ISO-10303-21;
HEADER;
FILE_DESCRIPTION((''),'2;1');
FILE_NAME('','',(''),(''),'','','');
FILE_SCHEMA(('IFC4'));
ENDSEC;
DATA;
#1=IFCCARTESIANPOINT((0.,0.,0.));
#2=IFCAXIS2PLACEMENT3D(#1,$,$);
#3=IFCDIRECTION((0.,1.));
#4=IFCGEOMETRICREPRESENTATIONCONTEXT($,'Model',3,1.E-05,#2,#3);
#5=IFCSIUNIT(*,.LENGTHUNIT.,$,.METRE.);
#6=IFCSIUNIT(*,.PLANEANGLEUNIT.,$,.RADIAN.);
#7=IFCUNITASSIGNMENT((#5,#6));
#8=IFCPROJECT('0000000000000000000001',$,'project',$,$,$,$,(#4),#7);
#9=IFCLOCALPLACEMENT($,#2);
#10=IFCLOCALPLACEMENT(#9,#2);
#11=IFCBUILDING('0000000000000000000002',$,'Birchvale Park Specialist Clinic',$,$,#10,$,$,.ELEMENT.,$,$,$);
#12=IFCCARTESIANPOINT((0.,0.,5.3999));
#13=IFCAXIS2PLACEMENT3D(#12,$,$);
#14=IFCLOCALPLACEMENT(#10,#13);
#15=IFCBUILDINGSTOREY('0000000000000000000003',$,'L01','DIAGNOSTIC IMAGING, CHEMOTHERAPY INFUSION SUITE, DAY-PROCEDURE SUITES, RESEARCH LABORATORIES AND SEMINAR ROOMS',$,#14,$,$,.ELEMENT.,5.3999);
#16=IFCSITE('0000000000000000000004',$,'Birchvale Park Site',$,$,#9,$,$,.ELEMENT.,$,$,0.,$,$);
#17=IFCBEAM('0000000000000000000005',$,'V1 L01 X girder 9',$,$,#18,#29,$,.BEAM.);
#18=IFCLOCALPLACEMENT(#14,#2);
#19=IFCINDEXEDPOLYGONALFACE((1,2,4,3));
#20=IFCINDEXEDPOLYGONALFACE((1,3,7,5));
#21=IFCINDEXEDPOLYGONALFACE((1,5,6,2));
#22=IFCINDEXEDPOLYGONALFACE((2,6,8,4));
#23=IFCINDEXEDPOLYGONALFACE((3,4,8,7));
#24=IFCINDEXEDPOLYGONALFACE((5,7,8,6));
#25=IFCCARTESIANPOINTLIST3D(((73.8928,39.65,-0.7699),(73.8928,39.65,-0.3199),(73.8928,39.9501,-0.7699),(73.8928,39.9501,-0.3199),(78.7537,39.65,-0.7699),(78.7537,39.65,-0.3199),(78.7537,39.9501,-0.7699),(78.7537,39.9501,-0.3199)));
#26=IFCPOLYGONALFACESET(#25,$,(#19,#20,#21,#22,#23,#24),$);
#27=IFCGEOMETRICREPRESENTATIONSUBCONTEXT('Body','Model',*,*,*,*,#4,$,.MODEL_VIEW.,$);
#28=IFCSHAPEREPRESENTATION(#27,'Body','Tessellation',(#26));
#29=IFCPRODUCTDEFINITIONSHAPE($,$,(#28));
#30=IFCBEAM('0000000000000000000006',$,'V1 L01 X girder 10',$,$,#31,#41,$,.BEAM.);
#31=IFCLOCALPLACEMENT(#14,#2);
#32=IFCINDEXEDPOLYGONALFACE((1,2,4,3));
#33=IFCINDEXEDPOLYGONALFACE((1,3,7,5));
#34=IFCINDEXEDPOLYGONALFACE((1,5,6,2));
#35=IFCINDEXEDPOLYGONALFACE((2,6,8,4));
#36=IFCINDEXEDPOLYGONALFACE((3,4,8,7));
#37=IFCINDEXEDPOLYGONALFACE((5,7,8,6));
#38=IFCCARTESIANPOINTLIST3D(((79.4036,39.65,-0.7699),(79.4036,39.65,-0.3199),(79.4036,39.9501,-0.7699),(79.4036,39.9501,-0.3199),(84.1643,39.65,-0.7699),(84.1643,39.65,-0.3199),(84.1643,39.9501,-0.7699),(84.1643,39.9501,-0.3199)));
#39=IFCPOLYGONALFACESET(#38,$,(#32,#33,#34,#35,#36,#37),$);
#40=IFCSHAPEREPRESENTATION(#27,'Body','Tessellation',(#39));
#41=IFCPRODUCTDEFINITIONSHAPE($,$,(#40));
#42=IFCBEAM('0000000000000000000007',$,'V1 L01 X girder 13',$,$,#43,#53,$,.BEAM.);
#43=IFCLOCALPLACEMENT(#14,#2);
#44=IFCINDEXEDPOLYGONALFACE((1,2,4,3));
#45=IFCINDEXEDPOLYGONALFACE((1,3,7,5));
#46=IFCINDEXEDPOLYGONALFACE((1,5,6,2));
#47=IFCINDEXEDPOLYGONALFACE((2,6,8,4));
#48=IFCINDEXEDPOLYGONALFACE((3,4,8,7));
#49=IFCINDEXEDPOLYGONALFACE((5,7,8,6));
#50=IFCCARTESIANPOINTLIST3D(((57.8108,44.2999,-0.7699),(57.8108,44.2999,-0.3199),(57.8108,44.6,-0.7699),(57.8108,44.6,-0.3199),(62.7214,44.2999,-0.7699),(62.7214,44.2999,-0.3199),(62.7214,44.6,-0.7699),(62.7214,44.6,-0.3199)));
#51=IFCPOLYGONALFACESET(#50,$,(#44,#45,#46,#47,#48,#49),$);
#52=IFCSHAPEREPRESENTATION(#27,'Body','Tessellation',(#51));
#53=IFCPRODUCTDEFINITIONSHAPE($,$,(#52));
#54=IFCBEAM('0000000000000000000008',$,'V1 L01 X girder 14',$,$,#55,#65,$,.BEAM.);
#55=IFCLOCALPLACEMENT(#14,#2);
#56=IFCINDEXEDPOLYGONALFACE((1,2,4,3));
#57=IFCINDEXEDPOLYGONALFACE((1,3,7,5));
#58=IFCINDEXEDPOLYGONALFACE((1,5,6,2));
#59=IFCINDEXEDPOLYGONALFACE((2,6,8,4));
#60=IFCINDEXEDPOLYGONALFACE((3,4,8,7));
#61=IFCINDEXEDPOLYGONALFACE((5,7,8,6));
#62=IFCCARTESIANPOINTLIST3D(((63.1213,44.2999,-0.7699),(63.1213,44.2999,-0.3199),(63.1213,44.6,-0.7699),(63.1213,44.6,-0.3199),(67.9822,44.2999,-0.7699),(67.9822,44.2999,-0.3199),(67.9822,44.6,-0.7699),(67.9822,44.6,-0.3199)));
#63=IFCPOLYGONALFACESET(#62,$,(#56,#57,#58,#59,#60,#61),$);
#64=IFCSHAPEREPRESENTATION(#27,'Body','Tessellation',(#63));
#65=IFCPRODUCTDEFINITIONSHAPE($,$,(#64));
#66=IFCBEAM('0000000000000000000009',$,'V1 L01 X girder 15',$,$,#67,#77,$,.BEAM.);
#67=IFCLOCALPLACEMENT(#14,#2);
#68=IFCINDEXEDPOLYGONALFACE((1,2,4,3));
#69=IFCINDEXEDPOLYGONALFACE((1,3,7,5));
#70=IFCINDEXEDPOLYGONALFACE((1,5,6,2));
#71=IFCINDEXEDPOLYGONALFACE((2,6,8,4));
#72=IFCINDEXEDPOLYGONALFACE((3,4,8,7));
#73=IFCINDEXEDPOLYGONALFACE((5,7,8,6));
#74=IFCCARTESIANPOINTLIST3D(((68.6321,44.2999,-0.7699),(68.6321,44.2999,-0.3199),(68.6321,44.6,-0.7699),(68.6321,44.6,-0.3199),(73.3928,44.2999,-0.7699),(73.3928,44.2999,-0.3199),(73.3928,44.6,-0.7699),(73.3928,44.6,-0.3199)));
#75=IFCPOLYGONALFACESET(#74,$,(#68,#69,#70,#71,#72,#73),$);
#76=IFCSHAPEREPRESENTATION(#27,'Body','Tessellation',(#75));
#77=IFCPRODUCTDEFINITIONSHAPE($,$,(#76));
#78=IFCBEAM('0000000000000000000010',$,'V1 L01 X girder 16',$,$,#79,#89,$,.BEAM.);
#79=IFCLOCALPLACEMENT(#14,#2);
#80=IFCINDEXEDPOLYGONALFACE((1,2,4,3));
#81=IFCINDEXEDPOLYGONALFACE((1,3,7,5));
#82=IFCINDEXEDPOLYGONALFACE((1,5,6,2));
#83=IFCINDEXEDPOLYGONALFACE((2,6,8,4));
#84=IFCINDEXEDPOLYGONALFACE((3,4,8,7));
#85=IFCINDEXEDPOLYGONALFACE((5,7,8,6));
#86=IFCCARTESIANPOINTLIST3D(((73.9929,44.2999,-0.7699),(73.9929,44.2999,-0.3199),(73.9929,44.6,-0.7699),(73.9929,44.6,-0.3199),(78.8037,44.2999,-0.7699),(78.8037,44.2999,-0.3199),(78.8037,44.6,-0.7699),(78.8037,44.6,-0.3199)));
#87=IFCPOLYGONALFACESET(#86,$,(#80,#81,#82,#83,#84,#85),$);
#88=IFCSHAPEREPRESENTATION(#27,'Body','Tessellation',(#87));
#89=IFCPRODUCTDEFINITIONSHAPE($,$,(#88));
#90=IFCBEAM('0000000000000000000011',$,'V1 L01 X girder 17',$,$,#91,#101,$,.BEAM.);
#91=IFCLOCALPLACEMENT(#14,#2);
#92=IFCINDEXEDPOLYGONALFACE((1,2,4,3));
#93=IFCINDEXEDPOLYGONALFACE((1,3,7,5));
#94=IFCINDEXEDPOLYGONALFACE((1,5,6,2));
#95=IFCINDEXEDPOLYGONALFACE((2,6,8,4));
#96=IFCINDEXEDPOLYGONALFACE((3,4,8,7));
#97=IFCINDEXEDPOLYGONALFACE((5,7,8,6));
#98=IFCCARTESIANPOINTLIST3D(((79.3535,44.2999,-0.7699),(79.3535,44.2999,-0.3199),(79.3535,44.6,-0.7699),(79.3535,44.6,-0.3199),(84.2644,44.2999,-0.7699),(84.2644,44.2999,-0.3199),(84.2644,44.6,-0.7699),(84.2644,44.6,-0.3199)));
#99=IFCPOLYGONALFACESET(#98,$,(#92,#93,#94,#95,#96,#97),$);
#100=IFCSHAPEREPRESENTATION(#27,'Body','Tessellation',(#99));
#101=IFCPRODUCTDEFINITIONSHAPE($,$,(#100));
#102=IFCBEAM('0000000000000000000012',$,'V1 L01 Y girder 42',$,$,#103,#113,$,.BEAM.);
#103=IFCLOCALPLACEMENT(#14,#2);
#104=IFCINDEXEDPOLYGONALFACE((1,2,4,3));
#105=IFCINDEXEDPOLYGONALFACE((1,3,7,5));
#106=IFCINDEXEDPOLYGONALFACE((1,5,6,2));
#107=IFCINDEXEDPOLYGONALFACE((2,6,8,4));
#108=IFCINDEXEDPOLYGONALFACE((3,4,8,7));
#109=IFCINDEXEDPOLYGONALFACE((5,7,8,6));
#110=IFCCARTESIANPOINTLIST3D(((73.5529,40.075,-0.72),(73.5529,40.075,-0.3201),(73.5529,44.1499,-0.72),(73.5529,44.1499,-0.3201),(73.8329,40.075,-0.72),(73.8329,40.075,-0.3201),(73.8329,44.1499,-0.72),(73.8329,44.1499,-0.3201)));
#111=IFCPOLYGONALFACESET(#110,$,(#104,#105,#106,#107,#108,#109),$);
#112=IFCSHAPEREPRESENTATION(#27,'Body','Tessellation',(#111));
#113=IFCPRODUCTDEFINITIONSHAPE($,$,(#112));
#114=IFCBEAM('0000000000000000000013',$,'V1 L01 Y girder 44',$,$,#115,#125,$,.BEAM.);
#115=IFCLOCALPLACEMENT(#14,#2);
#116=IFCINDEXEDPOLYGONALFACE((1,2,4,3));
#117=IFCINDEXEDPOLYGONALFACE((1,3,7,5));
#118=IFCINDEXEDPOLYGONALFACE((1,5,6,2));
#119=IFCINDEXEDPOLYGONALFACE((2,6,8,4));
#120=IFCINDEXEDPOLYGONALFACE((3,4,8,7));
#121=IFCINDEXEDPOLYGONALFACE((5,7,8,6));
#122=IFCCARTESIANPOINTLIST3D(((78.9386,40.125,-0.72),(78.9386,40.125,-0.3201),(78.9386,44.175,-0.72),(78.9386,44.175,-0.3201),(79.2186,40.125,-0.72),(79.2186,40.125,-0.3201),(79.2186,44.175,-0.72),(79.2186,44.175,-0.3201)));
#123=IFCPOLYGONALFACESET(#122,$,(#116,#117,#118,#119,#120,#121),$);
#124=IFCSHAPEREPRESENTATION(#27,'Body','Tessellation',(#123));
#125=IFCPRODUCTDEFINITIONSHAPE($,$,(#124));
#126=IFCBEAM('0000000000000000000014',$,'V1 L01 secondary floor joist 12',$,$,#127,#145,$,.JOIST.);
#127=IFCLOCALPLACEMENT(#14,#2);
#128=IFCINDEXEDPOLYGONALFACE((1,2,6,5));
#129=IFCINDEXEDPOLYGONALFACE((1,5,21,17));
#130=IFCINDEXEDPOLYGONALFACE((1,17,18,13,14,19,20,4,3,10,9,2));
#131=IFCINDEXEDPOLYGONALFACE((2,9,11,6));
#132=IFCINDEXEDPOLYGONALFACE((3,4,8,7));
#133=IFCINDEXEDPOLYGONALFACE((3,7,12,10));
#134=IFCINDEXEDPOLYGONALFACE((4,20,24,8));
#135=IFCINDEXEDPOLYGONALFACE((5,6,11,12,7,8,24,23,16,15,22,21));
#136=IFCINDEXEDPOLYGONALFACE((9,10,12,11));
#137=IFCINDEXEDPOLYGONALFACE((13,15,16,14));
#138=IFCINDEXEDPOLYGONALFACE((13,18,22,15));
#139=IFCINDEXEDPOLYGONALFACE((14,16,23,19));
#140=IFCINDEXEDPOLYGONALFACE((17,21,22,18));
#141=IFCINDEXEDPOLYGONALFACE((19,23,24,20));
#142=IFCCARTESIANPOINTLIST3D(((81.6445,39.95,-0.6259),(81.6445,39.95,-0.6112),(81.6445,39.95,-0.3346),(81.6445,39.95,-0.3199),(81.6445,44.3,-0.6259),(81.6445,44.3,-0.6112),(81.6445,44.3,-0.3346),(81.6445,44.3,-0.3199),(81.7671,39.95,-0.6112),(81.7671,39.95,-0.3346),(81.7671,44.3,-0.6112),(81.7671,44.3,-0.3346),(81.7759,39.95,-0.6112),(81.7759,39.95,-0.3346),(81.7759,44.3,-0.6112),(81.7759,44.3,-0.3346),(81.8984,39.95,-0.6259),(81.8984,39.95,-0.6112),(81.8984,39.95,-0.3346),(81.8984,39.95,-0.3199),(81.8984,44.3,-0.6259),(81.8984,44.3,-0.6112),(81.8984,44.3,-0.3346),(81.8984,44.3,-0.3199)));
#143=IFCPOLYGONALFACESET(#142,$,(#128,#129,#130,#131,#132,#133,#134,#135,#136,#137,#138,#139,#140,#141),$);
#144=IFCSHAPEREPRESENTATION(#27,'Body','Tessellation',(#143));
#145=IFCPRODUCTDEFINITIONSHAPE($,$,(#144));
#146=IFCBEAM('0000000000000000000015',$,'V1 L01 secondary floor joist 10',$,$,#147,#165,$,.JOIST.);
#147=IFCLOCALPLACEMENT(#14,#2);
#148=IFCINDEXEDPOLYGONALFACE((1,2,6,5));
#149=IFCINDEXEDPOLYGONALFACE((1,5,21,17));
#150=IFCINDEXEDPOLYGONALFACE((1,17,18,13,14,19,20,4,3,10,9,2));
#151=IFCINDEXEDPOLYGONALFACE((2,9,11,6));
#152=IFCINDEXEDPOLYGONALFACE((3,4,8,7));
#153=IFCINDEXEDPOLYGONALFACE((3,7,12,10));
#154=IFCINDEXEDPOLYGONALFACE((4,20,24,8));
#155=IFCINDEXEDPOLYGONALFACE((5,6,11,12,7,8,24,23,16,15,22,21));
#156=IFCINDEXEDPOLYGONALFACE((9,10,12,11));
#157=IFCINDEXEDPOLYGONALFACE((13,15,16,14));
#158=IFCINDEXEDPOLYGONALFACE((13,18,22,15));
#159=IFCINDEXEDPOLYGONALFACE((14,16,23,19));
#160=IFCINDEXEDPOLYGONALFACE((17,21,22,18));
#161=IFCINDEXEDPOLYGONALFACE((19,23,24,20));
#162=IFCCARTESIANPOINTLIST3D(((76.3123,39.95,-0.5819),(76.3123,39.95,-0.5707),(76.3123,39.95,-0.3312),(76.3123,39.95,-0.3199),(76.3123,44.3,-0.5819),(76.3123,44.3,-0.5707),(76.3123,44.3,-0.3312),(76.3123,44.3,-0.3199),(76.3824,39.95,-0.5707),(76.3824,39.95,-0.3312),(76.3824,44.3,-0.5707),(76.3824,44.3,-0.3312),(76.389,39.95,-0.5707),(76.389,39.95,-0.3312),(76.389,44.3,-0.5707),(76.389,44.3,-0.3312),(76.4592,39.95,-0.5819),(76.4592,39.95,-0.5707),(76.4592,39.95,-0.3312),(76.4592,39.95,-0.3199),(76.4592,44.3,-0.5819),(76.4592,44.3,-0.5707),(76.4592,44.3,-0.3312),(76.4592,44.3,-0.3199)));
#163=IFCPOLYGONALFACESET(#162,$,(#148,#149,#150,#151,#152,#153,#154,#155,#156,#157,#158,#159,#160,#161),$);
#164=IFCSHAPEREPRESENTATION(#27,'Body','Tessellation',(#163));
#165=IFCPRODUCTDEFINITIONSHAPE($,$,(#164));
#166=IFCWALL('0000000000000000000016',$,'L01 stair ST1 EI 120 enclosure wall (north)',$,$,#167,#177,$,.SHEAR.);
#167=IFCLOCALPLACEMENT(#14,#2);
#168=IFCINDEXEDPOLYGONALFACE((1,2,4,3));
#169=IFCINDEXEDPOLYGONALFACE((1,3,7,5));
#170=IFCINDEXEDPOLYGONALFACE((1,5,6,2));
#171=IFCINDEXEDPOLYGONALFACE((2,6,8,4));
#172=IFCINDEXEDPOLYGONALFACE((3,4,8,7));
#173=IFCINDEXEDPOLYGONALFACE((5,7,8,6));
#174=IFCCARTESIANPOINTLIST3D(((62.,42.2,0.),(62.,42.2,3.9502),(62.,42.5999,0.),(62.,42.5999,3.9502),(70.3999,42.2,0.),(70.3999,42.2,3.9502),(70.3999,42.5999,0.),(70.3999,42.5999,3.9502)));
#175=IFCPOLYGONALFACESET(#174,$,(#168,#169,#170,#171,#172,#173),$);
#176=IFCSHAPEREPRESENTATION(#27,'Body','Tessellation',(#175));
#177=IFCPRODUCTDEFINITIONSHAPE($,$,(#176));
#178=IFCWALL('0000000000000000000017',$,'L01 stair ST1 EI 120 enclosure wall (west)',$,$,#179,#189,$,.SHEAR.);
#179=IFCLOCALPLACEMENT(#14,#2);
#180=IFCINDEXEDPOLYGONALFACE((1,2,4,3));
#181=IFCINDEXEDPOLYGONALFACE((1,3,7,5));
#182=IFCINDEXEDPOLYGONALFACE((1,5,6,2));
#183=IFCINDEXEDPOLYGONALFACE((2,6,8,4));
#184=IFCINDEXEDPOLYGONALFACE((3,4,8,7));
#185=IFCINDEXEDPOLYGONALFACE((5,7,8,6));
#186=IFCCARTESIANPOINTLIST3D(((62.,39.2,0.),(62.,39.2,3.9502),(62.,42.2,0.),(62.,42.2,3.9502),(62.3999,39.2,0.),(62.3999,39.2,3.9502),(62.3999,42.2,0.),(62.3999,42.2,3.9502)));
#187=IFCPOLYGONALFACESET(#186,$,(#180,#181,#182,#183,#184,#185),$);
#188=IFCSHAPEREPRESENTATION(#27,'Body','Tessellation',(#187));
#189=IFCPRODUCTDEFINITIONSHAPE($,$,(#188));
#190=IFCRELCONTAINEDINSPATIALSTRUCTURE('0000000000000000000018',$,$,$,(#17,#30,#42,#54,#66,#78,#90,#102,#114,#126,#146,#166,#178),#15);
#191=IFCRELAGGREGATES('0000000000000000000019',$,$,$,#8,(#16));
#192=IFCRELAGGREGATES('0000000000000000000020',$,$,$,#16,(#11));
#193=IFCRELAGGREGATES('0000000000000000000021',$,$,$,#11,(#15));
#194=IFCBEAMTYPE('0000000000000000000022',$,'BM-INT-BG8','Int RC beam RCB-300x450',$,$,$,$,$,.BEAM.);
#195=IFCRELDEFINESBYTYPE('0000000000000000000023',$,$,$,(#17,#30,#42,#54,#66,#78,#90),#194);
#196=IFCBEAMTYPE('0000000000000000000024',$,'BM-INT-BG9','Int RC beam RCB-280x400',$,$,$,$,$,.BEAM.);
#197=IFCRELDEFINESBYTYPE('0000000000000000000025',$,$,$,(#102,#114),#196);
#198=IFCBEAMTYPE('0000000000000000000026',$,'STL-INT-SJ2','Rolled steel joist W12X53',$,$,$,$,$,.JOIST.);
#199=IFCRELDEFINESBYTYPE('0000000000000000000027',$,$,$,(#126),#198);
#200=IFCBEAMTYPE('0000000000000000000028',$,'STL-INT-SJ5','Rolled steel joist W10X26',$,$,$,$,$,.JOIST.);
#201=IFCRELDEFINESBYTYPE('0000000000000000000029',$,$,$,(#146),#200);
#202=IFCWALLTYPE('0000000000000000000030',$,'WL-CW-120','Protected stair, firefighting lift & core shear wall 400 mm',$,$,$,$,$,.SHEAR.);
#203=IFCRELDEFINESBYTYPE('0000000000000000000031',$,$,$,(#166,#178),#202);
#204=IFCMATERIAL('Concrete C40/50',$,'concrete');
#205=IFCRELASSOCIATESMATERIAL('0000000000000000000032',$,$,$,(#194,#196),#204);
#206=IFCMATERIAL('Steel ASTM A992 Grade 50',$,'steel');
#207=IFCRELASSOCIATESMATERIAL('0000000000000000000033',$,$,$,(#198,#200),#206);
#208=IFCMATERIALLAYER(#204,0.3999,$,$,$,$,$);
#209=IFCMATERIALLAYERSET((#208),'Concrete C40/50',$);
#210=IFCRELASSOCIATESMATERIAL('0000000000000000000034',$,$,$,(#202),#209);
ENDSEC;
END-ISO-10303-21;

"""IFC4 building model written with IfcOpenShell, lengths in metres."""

from ifc_helpers import new_model, si_unit, direction, frame, frame_2d, origin, origin_2d, place, context, subcontext, project, spatial, rectangle, i_section, extrude, material, layer, layer_set, material_profile, profile_set, type_object, element, save


model = new_model("IFC4")

# Units and contexts
model_context = context("Model", 3, precision=1e-05, world=origin(), true_north=direction((0.0, 1.0)))
body_context = subcontext(model_context, "Body", "Model", "MODEL_VIEW")
ifc_project = project(units=[si_unit("LENGTHUNIT", "METRE"), si_unit("PLANEANGLEUNIT", "RADIAN")], contexts=[model_context])

# Site, building, storey
site_placement = place(None, origin())
site = spatial("IfcSite", under=ifc_project, at=site_placement, Name="Birchvale Park Site", CompositionType="ELEMENT", RefElevation=0.0)
building_placement = place(site_placement, origin())
building = spatial("IfcBuilding", under=site, at=building_placement, Name="Birchvale Park Specialist Clinic", CompositionType="ELEMENT")
storey_placement = place(building_placement, frame((0.0, 0.0, 5.3999)))
storey = spatial("IfcBuildingStorey", under=building, at=storey_placement, Name="L01", Description="DIAGNOSTIC IMAGING, CHEMOTHERAPY INFUSION SUITE, DAY-PROCEDURE SUITES, RESEARCH LABORATORIES AND SEMINAR ROOMS", CompositionType="ELEMENT", Elevation=5.3999)

# Beams
ifc_material_1 = material(Name="Concrete C40/50", Category="concrete")
ifc_material_profile_1 = material_profile(ifc_material_1, rectangle(XDim=0.3, YDim=0.45, at=origin_2d()), Name="RCB-300x450")
ifc_profile_set_1 = profile_set([ifc_material_profile_1], Name="Concrete C40/50")
beam_type_1 = type_object("IfcBeamType", Name="BM-INT-BG8", Description="Int RC beam RCB-300x450", PredefinedType="BEAM", material=ifc_profile_set_1)
beam_1_placement = place(storey_placement, frame((73.8928, 39.8, -0.5449), z_axis=(1.0, 0.0, 0.0), x_axis=(0.0, 1.0, 0.0)))
element("IfcBeam", 1, at=beam_1_placement, inside=storey, type_object=beam_type_1, Name="V1 L01 X girder 9", PredefinedType="BEAM", context=body_context, shape_type="SweptSolid", body=[
    extrude(rectangle(XDim=0.3, YDim=0.45, at=origin_2d()), origin(), (0.0, 0.0, 1.0), 4.8608),
])
beam_2_placement = place(storey_placement, frame((79.4036, 39.8, -0.5449), z_axis=(1.0, 0.0, 0.0), x_axis=(0.0, 1.0, 0.0)))
element("IfcBeam", 2, at=beam_2_placement, inside=storey, type_object=beam_type_1, Name="V1 L01 X girder 10", PredefinedType="BEAM", context=body_context, shape_type="SweptSolid", body=[
    extrude(rectangle(XDim=0.3, YDim=0.45, at=origin_2d()), origin(), (0.0, 0.0, 1.0), 4.7607),
])
beam_3_placement = place(storey_placement, frame((57.8108, 44.45, -0.5449), z_axis=(1.0, 0.0, 0.0), x_axis=(0.0, 1.0, 0.0)))
element("IfcBeam", 3, at=beam_3_placement, inside=storey, type_object=beam_type_1, Name="V1 L01 X girder 13", PredefinedType="BEAM", context=body_context, shape_type="SweptSolid", body=[
    extrude(rectangle(XDim=0.3, YDim=0.45, at=origin_2d()), origin(), (0.0, 0.0, 1.0), 4.9106),
])
beam_4_placement = place(storey_placement, frame((63.1213, 44.45, -0.5449), z_axis=(1.0, 0.0, 0.0), x_axis=(0.0, 1.0, 0.0)))
element("IfcBeam", 4, at=beam_4_placement, inside=storey, type_object=beam_type_1, Name="V1 L01 X girder 14", PredefinedType="BEAM", context=body_context, shape_type="SweptSolid", body=[
    extrude(rectangle(XDim=0.3, YDim=0.45, at=origin_2d()), origin(), (0.0, 0.0, 1.0), 4.8608),
])
beam_5_placement = place(storey_placement, frame((68.6321, 44.45, -0.5449), z_axis=(1.0, 0.0, 0.0), x_axis=(0.0, 1.0, 0.0)))
element("IfcBeam", 5, at=beam_5_placement, inside=storey, type_object=beam_type_1, Name="V1 L01 X girder 15", PredefinedType="BEAM", context=body_context, shape_type="SweptSolid", body=[
    extrude(rectangle(XDim=0.3, YDim=0.45, at=origin_2d()), origin(), (0.0, 0.0, 1.0), 4.7607),
])
beam_6_placement = place(storey_placement, frame((73.9929, 44.45, -0.5449), z_axis=(1.0, 0.0, 0.0), x_axis=(0.0, 1.0, 0.0)))
element("IfcBeam", 6, at=beam_6_placement, inside=storey, type_object=beam_type_1, Name="V1 L01 X girder 16", PredefinedType="BEAM", context=body_context, shape_type="SweptSolid", body=[
    extrude(rectangle(XDim=0.3, YDim=0.45, at=origin_2d()), origin(), (0.0, 0.0, 1.0), 4.8108),
])
beam_7_placement = place(storey_placement, frame((79.3535, 44.45, -0.5449), z_axis=(1.0, 0.0, 0.0), x_axis=(0.0, 1.0, 0.0)))
element("IfcBeam", 7, at=beam_7_placement, inside=storey, type_object=beam_type_1, Name="V1 L01 X girder 17", PredefinedType="BEAM", context=body_context, shape_type="SweptSolid", body=[
    extrude(rectangle(XDim=0.3, YDim=0.45, at=origin_2d()), origin(), (0.0, 0.0, 1.0), 4.9109),
])
ifc_material_profile_2 = material_profile(ifc_material_1, rectangle(XDim=0.28, YDim=0.3999, at=origin_2d()), Name="RCB-280x400")
ifc_profile_set_2 = profile_set([ifc_material_profile_2], Name="Concrete C40/50")
beam_type_2 = type_object("IfcBeamType", Name="BM-INT-BG9", Description="Int RC beam RCB-280x400", PredefinedType="BEAM", material=ifc_profile_set_2)
beam_8_placement = place(storey_placement, frame((73.6929, 40.075, -0.52), z_axis=(0.0, 1.0, 0.0), x_axis=(-1.0, 0.0, 0.0)))
element("IfcBeam", 8, at=beam_8_placement, inside=storey, type_object=beam_type_2, Name="V1 L01 Y girder 42", PredefinedType="BEAM", context=body_context, shape_type="SweptSolid", body=[
    extrude(rectangle(XDim=0.28, YDim=0.3999, at=origin_2d()), origin(), (0.0, 0.0, 1.0), 4.075),
])
beam_9_placement = place(storey_placement, frame((79.0786, 40.125, -0.52), z_axis=(0.0, 1.0, 0.0), x_axis=(-1.0, 0.0, 0.0)))
element("IfcBeam", 9, at=beam_9_placement, inside=storey, type_object=beam_type_2, Name="V1 L01 Y girder 44", PredefinedType="BEAM", context=body_context, shape_type="SweptSolid", body=[
    extrude(rectangle(XDim=0.28, YDim=0.3999, at=origin_2d()), origin(), (0.0, 0.0, 1.0), 4.05),
])
ifc_material_2 = material(Name="Steel ASTM A992 Grade 50", Category="steel")
ifc_material_profile_3 = material_profile(ifc_material_2, i_section(OverallWidth=0.2539, OverallDepth=0.3059, WebThickness=0.0088, FlangeThickness=0.0146, at=origin_2d()), Name="W12X53")
ifc_profile_set_3 = profile_set([ifc_material_profile_3], Name="Steel ASTM A992 Grade 50")
beam_type_3 = type_object("IfcBeamType", Name="STL-INT-SJ2", Description="Rolled steel joist W12X53", PredefinedType="JOIST", material=ifc_profile_set_3)
beam_10_placement = place(storey_placement, frame((81.7715, 39.95, -0.4729), z_axis=(0.0, 1.0, 0.0), x_axis=(-1.0, 0.0, 0.0)))
element("IfcBeam", 10, at=beam_10_placement, inside=storey, type_object=beam_type_3, Name="V1 L01 secondary floor joist 12", PredefinedType="JOIST", context=body_context, shape_type="SweptSolid", body=[
    extrude(i_section(OverallWidth=0.2539, OverallDepth=0.3059, WebThickness=0.0088, FlangeThickness=0.0146, at=origin_2d()), origin(), (0.0, 0.0, 1.0), 4.3501),
])
ifc_material_profile_4 = material_profile(ifc_material_2, i_section(OverallWidth=0.147, OverallDepth=0.262, WebThickness=0.0066, FlangeThickness=0.0112, at=origin_2d()), Name="W10X26")
ifc_profile_set_4 = profile_set([ifc_material_profile_4], Name="Steel ASTM A992 Grade 50")
beam_type_4 = type_object("IfcBeamType", Name="STL-INT-SJ5", Description="Rolled steel joist W10X26", PredefinedType="JOIST", material=ifc_profile_set_4)
beam_11_placement = place(storey_placement, frame((76.3857, 39.95, -0.4509), z_axis=(0.0, 1.0, 0.0), x_axis=(-1.0, 0.0, 0.0)))
element("IfcBeam", 11, at=beam_11_placement, inside=storey, type_object=beam_type_4, Name="V1 L01 secondary floor joist 10", PredefinedType="JOIST", context=body_context, shape_type="SweptSolid", body=[
    extrude(i_section(OverallWidth=0.147, OverallDepth=0.262, WebThickness=0.0066, FlangeThickness=0.0112, at=origin_2d()), origin(), (0.0, 0.0, 1.0), 4.3501),
])

# Walls
ifc_layer_1 = layer(ifc_material_1, 0.3999)
ifc_layer_set_1 = layer_set([ifc_layer_1], Name="Concrete C40/50")
wall_type_1 = type_object("IfcWallType", Name="WL-CW-120", Description="Protected stair, firefighting lift & core shear wall 400 mm", PredefinedType="SHEAR", material=ifc_layer_set_1)
wall_1_placement = place(storey_placement, frame((70.3999, 42.3999, 0.0), z_axis=(0.0, 0.0, 1.0), x_axis=(-1.0, 0.0, 0.0)))
element("IfcWall", 12, at=wall_1_placement, inside=storey, type_object=wall_type_1, Name="L01 stair ST1 EI 120 enclosure wall (north)", PredefinedType="SHEAR", context=body_context, shape_type="SweptSolid", body=[
    extrude(rectangle(XDim=8.3999, YDim=0.3999, at=frame_2d((4.2, 0.0))), origin(), (0.0, 0.0, 1.0), 3.9502),
])
for number, where, z_axis, x_axis, name in (
    (13, (62.2, 39.2, 0.0), (0.0, 0.0, 1.0), (0.0, 1.0, 0.0), "L01 stair ST1 EI 120 enclosure wall (west)"),
):
    element("IfcWall", number, at=place(storey_placement, frame(where, z_axis=z_axis, x_axis=x_axis)), inside=storey, type_object=wall_type_1, Name=name, PredefinedType="SHEAR", context=body_context, shape_type="SweptSolid", body=[
        extrude(rectangle(XDim=3.0, YDim=0.3999, at=frame_2d((1.5, 0.0))), origin(), (0.0, 0.0, 1.0), 3.9502),
    ])

save(model, "model.ifc")
